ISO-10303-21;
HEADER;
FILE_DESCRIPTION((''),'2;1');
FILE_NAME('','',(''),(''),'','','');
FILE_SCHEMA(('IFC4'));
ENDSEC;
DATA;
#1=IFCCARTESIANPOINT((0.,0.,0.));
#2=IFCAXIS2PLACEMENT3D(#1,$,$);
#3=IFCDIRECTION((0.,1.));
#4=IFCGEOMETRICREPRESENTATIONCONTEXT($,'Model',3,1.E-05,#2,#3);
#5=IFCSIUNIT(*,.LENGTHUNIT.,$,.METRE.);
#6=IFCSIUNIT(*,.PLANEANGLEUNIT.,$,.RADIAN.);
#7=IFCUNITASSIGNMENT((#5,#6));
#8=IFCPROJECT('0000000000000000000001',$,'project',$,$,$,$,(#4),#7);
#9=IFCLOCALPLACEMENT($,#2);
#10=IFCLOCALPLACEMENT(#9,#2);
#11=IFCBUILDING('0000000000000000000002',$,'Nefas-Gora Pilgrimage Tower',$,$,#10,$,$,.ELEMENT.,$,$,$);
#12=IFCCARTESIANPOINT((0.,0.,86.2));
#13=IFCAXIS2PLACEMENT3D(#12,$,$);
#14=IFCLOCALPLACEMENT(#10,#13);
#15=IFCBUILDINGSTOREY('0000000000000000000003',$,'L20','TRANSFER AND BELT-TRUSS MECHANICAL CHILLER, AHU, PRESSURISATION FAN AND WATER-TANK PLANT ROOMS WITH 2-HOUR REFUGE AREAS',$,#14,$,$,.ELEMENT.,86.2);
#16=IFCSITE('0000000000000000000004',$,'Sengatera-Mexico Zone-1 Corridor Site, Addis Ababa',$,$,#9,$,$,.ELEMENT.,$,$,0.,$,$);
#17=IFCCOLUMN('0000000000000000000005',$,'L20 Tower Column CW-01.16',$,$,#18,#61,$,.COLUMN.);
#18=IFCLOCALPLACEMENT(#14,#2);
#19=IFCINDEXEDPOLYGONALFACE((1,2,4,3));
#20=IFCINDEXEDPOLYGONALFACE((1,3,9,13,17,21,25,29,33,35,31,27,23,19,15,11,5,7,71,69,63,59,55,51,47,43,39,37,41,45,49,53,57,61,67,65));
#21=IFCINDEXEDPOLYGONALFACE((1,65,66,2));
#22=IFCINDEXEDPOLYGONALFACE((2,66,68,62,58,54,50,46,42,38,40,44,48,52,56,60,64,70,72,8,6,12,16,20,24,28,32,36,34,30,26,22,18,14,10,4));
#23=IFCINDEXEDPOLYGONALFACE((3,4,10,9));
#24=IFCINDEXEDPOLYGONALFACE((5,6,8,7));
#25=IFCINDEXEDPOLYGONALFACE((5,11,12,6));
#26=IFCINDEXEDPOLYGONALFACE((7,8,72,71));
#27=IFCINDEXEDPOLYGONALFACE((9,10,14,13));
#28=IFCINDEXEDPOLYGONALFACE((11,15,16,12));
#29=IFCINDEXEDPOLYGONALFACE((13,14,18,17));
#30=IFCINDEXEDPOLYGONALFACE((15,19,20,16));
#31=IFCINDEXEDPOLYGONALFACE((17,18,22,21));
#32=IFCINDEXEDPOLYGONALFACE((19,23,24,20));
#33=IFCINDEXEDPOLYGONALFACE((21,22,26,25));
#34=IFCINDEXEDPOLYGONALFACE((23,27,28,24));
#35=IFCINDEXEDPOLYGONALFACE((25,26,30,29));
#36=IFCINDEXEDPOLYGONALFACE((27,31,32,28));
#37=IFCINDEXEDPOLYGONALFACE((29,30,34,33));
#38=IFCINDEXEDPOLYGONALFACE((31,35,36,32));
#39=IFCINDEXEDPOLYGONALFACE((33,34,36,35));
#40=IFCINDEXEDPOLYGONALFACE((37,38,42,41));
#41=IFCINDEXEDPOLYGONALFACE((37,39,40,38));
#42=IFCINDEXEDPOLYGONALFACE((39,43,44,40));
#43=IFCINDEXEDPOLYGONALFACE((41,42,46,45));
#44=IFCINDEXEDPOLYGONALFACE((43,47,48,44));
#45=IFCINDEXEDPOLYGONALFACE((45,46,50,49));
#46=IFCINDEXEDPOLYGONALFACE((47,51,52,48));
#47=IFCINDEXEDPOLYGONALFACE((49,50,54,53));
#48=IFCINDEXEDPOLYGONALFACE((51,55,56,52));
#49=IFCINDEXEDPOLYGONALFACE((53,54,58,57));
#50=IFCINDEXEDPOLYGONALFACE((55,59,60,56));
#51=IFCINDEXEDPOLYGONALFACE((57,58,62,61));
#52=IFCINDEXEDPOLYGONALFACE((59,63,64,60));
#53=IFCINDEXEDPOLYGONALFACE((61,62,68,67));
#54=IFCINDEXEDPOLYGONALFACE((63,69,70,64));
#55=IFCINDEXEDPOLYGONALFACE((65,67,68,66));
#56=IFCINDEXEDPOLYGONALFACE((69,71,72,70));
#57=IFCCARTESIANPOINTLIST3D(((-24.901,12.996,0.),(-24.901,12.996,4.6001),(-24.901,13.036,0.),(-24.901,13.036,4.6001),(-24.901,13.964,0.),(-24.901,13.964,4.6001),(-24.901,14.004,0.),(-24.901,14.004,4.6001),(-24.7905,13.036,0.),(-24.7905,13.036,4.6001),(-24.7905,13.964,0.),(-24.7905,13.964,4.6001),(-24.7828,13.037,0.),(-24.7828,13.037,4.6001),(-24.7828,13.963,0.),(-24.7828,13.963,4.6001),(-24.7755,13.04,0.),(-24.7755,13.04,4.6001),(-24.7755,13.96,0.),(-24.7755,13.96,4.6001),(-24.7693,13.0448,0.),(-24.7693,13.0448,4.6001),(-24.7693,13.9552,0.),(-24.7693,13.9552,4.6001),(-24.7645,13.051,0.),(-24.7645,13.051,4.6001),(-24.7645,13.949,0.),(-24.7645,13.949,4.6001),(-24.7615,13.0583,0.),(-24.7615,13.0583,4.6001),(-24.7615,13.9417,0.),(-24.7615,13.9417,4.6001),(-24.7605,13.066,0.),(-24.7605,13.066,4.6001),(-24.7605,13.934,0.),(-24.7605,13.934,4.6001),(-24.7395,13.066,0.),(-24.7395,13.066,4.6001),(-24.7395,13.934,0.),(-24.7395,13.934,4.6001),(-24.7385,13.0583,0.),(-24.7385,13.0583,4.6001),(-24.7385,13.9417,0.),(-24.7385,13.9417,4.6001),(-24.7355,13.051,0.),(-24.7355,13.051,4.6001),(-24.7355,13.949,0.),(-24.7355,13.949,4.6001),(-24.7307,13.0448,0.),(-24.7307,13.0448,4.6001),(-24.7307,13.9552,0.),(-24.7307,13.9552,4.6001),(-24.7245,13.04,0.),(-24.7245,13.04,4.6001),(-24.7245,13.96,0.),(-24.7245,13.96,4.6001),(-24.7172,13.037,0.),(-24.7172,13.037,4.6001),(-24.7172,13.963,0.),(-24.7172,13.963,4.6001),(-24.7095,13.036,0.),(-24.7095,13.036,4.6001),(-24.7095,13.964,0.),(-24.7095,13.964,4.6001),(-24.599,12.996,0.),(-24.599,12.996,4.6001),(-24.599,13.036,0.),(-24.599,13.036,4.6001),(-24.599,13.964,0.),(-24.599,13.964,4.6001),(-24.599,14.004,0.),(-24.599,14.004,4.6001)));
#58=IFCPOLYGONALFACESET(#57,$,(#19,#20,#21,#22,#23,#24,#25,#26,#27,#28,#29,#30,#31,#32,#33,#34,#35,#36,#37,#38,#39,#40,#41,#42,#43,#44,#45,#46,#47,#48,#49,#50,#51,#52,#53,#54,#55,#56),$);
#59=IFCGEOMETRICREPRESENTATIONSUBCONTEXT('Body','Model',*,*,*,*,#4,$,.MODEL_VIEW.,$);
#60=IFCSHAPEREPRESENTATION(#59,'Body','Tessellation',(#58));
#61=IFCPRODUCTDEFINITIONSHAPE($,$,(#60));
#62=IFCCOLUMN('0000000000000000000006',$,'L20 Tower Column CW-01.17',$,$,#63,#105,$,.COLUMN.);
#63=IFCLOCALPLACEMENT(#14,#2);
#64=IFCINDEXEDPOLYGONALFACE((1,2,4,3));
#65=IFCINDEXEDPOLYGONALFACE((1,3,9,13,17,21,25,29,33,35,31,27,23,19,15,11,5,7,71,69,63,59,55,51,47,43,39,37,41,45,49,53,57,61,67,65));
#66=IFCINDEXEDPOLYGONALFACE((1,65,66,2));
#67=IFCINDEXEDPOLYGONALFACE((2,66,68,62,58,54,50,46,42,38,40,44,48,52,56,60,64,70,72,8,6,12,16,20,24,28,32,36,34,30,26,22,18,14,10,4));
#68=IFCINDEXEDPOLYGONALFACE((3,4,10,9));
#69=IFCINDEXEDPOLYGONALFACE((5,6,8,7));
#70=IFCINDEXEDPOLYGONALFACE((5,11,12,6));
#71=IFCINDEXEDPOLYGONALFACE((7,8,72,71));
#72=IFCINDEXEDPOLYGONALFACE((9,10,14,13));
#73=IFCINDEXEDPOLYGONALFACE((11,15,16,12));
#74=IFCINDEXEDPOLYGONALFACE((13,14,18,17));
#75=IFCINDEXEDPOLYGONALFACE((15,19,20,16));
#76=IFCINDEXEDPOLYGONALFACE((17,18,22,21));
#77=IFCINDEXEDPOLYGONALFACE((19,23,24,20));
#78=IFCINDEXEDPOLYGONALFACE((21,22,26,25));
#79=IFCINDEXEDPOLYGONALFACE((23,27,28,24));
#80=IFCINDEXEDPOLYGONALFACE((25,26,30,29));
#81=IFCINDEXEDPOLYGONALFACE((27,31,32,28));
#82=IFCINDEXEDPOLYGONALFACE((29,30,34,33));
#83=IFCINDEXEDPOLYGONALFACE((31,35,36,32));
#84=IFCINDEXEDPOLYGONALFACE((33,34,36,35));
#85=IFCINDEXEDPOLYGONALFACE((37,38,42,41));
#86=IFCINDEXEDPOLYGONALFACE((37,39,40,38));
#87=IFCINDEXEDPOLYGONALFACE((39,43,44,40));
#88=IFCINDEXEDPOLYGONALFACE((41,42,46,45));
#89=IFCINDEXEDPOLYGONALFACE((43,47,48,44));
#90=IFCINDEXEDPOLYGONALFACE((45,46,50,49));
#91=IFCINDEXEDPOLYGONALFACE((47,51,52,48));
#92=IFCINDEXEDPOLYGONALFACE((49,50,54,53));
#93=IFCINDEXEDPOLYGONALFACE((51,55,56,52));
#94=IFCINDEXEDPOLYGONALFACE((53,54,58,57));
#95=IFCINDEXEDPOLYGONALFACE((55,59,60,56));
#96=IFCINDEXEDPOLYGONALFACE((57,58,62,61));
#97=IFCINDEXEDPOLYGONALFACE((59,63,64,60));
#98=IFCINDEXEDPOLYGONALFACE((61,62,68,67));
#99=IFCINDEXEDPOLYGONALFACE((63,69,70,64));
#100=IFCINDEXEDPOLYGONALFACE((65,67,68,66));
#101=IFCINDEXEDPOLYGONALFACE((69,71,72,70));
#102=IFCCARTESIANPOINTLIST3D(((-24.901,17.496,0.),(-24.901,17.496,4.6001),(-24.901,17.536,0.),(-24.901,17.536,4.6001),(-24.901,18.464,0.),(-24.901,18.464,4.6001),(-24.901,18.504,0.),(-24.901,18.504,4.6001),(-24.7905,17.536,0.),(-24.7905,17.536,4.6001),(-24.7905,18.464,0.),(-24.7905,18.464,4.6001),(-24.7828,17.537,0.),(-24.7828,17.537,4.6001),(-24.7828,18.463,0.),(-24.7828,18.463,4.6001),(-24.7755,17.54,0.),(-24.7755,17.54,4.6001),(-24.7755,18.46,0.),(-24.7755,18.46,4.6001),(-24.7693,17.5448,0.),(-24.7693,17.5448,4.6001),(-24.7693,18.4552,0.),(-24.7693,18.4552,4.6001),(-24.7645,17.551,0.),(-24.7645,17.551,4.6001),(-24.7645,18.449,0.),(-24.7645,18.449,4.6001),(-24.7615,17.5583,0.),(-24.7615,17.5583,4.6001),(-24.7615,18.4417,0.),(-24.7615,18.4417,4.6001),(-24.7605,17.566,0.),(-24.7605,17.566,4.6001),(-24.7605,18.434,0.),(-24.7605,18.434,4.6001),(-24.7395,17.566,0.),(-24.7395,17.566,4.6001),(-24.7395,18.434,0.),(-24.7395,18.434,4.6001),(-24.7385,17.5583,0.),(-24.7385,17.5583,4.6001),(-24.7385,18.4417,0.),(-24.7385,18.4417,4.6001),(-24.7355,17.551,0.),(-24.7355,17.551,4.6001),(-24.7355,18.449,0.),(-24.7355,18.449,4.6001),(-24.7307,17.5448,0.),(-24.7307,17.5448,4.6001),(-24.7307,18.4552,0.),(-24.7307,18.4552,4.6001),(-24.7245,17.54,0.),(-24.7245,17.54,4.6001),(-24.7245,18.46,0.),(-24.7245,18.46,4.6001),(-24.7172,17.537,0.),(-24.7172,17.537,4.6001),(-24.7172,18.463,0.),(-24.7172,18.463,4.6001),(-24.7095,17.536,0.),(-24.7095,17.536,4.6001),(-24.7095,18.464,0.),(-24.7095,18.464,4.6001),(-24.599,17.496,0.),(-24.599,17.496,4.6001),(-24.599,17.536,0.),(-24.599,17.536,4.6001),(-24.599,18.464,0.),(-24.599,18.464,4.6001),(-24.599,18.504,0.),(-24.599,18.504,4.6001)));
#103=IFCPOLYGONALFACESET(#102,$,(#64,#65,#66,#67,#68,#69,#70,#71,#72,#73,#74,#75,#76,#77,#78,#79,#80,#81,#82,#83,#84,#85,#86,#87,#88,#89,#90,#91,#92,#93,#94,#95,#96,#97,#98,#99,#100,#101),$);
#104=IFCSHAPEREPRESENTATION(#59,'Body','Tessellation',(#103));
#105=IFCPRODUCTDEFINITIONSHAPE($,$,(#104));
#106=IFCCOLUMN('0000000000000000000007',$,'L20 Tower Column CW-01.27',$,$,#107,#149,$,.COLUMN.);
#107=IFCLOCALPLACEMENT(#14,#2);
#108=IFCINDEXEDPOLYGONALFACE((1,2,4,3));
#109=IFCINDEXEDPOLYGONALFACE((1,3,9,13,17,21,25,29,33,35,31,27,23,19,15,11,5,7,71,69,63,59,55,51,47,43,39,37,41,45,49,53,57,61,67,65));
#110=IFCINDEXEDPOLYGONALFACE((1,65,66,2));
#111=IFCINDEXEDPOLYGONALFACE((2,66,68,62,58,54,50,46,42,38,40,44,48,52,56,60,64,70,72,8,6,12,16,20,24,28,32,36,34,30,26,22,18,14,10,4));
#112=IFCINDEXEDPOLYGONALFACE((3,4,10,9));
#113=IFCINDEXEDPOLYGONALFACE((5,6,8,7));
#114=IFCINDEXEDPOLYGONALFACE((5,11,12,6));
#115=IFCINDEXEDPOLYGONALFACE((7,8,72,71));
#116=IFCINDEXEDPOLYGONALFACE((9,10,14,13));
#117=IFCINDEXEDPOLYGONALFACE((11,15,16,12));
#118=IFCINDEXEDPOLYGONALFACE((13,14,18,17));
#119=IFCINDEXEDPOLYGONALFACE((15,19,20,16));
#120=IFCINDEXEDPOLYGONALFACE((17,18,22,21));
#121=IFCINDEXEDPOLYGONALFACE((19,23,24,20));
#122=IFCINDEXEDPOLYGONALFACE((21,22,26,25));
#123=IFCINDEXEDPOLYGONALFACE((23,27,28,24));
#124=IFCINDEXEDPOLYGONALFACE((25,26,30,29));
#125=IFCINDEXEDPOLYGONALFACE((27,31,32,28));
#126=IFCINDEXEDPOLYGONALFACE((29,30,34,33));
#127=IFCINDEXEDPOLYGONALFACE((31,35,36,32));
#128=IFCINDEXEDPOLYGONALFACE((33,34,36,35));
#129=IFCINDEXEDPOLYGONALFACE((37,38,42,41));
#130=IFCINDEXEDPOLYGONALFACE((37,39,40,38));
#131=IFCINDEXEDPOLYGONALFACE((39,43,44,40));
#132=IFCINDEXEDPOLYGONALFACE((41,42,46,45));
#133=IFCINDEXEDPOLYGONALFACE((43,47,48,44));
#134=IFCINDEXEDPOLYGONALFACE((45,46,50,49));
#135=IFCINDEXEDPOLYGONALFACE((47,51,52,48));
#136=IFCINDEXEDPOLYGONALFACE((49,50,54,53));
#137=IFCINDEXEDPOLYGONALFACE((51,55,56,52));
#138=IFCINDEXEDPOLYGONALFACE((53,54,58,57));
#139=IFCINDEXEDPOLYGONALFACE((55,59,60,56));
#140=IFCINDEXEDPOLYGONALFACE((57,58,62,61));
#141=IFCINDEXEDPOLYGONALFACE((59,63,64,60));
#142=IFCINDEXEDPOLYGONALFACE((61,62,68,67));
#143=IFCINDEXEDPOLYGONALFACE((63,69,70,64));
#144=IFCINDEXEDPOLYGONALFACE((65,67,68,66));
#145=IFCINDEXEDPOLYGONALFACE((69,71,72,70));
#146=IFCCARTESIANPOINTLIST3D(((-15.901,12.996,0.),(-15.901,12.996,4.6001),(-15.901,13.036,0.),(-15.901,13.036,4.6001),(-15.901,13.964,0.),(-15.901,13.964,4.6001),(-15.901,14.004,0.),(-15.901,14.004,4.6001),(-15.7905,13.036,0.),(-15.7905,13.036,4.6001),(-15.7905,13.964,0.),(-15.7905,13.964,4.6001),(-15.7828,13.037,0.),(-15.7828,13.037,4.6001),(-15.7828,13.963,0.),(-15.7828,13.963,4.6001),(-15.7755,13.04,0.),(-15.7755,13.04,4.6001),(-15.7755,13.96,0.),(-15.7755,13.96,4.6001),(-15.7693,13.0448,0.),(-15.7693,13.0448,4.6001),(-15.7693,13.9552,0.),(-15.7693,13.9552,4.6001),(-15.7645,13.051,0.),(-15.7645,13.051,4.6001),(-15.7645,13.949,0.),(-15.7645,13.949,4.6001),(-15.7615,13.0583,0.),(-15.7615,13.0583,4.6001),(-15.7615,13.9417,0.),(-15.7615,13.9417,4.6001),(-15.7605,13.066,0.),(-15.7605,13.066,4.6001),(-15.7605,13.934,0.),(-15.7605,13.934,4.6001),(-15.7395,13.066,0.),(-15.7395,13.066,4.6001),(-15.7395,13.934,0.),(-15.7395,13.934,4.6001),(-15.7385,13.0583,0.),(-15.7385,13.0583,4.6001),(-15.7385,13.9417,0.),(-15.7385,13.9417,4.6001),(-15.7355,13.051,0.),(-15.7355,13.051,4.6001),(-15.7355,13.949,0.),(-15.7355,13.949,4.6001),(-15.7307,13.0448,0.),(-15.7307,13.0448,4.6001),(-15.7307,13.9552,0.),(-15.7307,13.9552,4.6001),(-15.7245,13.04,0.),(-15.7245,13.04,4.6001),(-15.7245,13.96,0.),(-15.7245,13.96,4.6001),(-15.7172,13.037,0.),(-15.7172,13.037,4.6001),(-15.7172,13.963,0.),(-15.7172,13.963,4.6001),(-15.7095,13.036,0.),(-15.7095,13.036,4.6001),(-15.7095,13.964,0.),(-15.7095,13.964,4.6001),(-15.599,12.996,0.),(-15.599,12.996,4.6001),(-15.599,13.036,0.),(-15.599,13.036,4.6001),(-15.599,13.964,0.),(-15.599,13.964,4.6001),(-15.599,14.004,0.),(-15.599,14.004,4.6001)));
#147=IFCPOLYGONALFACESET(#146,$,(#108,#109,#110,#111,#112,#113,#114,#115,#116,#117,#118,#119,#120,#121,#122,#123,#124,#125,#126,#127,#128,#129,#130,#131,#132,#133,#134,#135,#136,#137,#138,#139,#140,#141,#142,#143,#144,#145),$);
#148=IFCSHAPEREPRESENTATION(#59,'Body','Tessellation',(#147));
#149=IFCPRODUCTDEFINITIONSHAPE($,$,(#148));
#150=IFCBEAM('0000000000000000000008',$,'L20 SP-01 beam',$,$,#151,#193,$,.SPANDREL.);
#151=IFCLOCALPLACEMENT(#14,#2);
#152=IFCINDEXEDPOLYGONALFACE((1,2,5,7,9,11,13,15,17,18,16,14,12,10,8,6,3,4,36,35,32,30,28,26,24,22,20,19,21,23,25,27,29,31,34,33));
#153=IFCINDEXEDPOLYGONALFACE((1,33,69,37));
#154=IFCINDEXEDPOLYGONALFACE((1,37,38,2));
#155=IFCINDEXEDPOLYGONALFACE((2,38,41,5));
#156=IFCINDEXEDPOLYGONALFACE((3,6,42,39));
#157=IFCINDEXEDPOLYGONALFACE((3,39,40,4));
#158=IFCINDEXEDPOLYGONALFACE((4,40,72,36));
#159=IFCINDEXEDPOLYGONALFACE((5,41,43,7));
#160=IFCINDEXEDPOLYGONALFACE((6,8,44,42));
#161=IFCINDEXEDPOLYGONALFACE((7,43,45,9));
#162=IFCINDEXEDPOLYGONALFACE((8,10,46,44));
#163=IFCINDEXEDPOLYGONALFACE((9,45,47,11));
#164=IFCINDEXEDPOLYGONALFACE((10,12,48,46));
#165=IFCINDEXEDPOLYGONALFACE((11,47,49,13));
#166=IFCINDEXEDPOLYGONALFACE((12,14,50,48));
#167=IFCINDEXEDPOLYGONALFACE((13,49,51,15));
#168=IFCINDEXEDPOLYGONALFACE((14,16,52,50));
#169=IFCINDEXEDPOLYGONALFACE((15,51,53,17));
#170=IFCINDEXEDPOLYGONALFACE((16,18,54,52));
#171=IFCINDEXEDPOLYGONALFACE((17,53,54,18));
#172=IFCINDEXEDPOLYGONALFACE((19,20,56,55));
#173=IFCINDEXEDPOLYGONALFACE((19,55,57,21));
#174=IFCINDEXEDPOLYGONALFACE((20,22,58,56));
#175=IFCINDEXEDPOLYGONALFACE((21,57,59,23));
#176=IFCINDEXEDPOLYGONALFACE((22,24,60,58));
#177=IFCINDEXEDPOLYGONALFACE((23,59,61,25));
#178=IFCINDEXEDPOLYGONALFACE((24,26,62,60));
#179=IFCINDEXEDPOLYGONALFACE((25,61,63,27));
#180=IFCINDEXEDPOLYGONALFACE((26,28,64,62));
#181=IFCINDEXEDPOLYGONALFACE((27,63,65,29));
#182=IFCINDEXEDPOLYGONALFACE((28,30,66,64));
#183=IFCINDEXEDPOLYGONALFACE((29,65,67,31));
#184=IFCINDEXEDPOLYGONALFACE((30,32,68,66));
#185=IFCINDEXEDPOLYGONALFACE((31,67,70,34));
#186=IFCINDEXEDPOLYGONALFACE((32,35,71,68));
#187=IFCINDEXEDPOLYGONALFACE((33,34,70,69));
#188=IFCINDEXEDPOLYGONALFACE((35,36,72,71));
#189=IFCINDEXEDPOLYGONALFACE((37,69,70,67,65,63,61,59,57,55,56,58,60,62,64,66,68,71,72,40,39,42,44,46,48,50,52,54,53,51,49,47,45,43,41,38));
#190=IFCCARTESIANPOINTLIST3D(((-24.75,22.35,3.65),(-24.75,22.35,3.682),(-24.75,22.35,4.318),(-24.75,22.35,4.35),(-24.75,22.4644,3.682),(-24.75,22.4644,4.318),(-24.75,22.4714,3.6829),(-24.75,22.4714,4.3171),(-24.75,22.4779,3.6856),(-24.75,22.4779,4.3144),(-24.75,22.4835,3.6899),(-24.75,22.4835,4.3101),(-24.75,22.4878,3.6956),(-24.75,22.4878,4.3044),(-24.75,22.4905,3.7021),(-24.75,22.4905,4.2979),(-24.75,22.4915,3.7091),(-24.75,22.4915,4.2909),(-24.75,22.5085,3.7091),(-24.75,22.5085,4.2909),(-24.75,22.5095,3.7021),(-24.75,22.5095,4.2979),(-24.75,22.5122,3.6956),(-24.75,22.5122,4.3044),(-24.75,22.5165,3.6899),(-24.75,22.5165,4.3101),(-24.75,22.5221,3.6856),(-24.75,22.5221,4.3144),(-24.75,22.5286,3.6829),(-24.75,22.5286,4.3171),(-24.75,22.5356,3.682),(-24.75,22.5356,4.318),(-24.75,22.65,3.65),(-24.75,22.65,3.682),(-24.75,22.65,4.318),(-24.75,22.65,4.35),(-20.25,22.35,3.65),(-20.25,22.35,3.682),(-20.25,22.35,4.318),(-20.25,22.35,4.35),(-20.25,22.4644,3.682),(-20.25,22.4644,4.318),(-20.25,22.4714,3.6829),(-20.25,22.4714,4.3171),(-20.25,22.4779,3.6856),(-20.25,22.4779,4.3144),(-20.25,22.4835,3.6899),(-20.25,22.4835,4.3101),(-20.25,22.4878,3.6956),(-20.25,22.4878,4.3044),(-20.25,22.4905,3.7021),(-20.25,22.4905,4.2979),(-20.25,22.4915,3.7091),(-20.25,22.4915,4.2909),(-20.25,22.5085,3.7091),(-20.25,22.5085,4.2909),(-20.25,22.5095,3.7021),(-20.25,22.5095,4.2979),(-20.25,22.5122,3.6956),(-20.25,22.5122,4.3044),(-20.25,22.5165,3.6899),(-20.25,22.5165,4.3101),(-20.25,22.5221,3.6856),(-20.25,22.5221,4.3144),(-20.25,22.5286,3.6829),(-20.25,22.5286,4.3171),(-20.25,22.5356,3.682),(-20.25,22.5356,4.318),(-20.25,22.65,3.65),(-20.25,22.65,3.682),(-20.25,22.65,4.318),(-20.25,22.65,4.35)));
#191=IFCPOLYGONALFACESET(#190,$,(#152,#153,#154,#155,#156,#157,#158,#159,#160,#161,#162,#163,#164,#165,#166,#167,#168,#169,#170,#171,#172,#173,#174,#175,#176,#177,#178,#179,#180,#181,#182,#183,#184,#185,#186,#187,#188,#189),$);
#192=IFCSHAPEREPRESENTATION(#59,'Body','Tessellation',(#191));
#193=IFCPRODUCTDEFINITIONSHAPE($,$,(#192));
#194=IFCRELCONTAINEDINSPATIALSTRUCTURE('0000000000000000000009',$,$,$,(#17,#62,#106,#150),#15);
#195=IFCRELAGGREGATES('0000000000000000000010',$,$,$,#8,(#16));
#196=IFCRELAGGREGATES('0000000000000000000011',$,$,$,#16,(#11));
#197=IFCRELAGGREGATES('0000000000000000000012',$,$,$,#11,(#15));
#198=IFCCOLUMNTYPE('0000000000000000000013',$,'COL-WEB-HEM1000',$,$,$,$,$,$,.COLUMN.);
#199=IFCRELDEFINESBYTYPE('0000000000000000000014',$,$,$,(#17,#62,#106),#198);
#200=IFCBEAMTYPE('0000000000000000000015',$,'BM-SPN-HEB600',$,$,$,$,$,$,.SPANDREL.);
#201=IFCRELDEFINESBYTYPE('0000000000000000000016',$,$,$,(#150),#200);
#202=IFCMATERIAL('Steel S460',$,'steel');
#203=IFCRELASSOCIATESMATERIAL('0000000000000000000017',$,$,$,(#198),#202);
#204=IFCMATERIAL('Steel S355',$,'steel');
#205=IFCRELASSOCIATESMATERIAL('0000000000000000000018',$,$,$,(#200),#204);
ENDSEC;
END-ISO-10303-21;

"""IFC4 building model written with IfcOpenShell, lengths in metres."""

from ifc_helpers import new_model, si_unit, direction, frame, origin, origin_2d, place, context, subcontext, project, spatial, i_section, extrude, source, transform, mapped, material, material_profile, profile_set, type_object, element, save


model = new_model("IFC4")

# Units and contexts
model_context = context("Model", 3, precision=1e-05, world=origin(), true_north=direction((0.0, 1.0)))
body_context = subcontext(model_context, "Body", "Model", "MODEL_VIEW")
ifc_project = project(units=[si_unit("LENGTHUNIT", "METRE"), si_unit("PLANEANGLEUNIT", "RADIAN")], contexts=[model_context])

# Site, building, storey
site_placement = place(None, origin())
site = spatial("IfcSite", under=ifc_project, at=site_placement, Name="Sengatera-Mexico Zone-1 Corridor Site, Addis Ababa", CompositionType="ELEMENT", RefElevation=0.0)
building_placement = place(site_placement, origin())
building = spatial("IfcBuilding", under=site, at=building_placement, Name="Nefas-Gora Pilgrimage Tower", CompositionType="ELEMENT")
storey_placement = place(building_placement, frame((0.0, 0.0, 86.2)))
storey = spatial("IfcBuildingStorey", under=building, at=storey_placement, Name="L20", Description="TRANSFER AND BELT-TRUSS MECHANICAL CHILLER, AHU, PRESSURISATION FAN AND WATER-TANK PLANT ROOMS WITH 2-HOUR REFUGE AREAS", CompositionType="ELEMENT", Elevation=86.2)

# Columns
ifc_material_1 = material(Name="Steel S460", Category="steel")
ifc_material_profile_1 = material_profile(ifc_material_1, i_section(OverallWidth=0.302, OverallDepth=1.0081, WebThickness=0.021, FlangeThickness=0.04, FilletRadius=0.03, at=origin_2d()), Name="HEM 1000")
ifc_profile_set_1 = profile_set([ifc_material_profile_1], Name="Steel S460")
column_type_1 = type_object("IfcColumnType", Name="COL-WEB-HEM1000", PredefinedType="COLUMN", material=ifc_profile_set_1)
shared_shape_1 = source(origin(), body_context, "Body", "SweptSolid", [
    extrude(i_section(OverallWidth=0.302, OverallDepth=1.0081, WebThickness=0.021, FlangeThickness=0.04, FilletRadius=0.03, at=origin_2d()), origin(), (0.0, 0.0, 1.0), 4.6001),
])
for number, where, z_axis, x_axis, name in (
    (1, (-24.75, 13.5, 0.0), (0.0, 0.0, 1.0), (1.0, 0.0, 0.0), "L20 Tower Column CW-01.16"),
    (2, (-24.75, 18.0, 0.0), (0.0, 0.0, 1.0), (1.0, 0.0, 0.0), "L20 Tower Column CW-01.17"),
    (3, (-15.75, 13.5, 0.0), (0.0, 0.0, 1.0), (1.0, 0.0, 0.0), "L20 Tower Column CW-01.27"),
):
    element("IfcColumn", number, at=place(storey_placement, frame(where, z_axis=z_axis, x_axis=x_axis)), inside=storey, type_object=column_type_1, Name=name, PredefinedType="COLUMN", context=body_context, shape_type="MappedRepresentation", body=[
        mapped(shared_shape_1, transform((0.0, 0.0, 0.0), x_axis=(1.0, 0.0, 0.0), y_axis=(0.0, 1.0, 0.0), z_axis=(0.0, 0.0, 1.0), scale=1.0)),
    ])

# Beam
ifc_material_2 = material(Name="Steel S355", Category="steel")
ifc_material_profile_2 = material_profile(ifc_material_2, i_section(OverallWidth=0.3, OverallDepth=0.7, WebThickness=0.0171, FlangeThickness=0.032, FilletRadius=0.0271, at=origin_2d()), Name="HEB 700")
ifc_profile_set_2 = profile_set([ifc_material_profile_2], Name="Steel S355")
beam_type_1 = type_object("IfcBeamType", Name="BM-SPN-HEB600", PredefinedType="SPANDREL", material=ifc_profile_set_2)
shared_shape_2 = source(origin(), body_context, "Body", "SweptSolid", [
    extrude(i_section(OverallWidth=0.3, OverallDepth=0.7, WebThickness=0.0171, FlangeThickness=0.032, FilletRadius=0.0271, at=origin_2d()), origin(), (0.0, 0.0, 1.0), 4.5),
])
beam_placement = place(storey_placement, frame((-24.75, 22.5, 4.0), z_axis=(1.0, 0.0, 0.0), x_axis=(0.0, 1.0, 0.0)))
element("IfcBeam", 4, at=beam_placement, inside=storey, type_object=beam_type_1, Name="L20 SP-01 beam", PredefinedType="SPANDREL", context=body_context, shape_type="MappedRepresentation", body=[
    mapped(shared_shape_2, transform((0.0, 0.0, 0.0), x_axis=(1.0, 0.0, 0.0), y_axis=(0.0, 1.0, 0.0), z_axis=(0.0, 0.0, 1.0), scale=1.0)),
])

save(model, "model.ifc")
